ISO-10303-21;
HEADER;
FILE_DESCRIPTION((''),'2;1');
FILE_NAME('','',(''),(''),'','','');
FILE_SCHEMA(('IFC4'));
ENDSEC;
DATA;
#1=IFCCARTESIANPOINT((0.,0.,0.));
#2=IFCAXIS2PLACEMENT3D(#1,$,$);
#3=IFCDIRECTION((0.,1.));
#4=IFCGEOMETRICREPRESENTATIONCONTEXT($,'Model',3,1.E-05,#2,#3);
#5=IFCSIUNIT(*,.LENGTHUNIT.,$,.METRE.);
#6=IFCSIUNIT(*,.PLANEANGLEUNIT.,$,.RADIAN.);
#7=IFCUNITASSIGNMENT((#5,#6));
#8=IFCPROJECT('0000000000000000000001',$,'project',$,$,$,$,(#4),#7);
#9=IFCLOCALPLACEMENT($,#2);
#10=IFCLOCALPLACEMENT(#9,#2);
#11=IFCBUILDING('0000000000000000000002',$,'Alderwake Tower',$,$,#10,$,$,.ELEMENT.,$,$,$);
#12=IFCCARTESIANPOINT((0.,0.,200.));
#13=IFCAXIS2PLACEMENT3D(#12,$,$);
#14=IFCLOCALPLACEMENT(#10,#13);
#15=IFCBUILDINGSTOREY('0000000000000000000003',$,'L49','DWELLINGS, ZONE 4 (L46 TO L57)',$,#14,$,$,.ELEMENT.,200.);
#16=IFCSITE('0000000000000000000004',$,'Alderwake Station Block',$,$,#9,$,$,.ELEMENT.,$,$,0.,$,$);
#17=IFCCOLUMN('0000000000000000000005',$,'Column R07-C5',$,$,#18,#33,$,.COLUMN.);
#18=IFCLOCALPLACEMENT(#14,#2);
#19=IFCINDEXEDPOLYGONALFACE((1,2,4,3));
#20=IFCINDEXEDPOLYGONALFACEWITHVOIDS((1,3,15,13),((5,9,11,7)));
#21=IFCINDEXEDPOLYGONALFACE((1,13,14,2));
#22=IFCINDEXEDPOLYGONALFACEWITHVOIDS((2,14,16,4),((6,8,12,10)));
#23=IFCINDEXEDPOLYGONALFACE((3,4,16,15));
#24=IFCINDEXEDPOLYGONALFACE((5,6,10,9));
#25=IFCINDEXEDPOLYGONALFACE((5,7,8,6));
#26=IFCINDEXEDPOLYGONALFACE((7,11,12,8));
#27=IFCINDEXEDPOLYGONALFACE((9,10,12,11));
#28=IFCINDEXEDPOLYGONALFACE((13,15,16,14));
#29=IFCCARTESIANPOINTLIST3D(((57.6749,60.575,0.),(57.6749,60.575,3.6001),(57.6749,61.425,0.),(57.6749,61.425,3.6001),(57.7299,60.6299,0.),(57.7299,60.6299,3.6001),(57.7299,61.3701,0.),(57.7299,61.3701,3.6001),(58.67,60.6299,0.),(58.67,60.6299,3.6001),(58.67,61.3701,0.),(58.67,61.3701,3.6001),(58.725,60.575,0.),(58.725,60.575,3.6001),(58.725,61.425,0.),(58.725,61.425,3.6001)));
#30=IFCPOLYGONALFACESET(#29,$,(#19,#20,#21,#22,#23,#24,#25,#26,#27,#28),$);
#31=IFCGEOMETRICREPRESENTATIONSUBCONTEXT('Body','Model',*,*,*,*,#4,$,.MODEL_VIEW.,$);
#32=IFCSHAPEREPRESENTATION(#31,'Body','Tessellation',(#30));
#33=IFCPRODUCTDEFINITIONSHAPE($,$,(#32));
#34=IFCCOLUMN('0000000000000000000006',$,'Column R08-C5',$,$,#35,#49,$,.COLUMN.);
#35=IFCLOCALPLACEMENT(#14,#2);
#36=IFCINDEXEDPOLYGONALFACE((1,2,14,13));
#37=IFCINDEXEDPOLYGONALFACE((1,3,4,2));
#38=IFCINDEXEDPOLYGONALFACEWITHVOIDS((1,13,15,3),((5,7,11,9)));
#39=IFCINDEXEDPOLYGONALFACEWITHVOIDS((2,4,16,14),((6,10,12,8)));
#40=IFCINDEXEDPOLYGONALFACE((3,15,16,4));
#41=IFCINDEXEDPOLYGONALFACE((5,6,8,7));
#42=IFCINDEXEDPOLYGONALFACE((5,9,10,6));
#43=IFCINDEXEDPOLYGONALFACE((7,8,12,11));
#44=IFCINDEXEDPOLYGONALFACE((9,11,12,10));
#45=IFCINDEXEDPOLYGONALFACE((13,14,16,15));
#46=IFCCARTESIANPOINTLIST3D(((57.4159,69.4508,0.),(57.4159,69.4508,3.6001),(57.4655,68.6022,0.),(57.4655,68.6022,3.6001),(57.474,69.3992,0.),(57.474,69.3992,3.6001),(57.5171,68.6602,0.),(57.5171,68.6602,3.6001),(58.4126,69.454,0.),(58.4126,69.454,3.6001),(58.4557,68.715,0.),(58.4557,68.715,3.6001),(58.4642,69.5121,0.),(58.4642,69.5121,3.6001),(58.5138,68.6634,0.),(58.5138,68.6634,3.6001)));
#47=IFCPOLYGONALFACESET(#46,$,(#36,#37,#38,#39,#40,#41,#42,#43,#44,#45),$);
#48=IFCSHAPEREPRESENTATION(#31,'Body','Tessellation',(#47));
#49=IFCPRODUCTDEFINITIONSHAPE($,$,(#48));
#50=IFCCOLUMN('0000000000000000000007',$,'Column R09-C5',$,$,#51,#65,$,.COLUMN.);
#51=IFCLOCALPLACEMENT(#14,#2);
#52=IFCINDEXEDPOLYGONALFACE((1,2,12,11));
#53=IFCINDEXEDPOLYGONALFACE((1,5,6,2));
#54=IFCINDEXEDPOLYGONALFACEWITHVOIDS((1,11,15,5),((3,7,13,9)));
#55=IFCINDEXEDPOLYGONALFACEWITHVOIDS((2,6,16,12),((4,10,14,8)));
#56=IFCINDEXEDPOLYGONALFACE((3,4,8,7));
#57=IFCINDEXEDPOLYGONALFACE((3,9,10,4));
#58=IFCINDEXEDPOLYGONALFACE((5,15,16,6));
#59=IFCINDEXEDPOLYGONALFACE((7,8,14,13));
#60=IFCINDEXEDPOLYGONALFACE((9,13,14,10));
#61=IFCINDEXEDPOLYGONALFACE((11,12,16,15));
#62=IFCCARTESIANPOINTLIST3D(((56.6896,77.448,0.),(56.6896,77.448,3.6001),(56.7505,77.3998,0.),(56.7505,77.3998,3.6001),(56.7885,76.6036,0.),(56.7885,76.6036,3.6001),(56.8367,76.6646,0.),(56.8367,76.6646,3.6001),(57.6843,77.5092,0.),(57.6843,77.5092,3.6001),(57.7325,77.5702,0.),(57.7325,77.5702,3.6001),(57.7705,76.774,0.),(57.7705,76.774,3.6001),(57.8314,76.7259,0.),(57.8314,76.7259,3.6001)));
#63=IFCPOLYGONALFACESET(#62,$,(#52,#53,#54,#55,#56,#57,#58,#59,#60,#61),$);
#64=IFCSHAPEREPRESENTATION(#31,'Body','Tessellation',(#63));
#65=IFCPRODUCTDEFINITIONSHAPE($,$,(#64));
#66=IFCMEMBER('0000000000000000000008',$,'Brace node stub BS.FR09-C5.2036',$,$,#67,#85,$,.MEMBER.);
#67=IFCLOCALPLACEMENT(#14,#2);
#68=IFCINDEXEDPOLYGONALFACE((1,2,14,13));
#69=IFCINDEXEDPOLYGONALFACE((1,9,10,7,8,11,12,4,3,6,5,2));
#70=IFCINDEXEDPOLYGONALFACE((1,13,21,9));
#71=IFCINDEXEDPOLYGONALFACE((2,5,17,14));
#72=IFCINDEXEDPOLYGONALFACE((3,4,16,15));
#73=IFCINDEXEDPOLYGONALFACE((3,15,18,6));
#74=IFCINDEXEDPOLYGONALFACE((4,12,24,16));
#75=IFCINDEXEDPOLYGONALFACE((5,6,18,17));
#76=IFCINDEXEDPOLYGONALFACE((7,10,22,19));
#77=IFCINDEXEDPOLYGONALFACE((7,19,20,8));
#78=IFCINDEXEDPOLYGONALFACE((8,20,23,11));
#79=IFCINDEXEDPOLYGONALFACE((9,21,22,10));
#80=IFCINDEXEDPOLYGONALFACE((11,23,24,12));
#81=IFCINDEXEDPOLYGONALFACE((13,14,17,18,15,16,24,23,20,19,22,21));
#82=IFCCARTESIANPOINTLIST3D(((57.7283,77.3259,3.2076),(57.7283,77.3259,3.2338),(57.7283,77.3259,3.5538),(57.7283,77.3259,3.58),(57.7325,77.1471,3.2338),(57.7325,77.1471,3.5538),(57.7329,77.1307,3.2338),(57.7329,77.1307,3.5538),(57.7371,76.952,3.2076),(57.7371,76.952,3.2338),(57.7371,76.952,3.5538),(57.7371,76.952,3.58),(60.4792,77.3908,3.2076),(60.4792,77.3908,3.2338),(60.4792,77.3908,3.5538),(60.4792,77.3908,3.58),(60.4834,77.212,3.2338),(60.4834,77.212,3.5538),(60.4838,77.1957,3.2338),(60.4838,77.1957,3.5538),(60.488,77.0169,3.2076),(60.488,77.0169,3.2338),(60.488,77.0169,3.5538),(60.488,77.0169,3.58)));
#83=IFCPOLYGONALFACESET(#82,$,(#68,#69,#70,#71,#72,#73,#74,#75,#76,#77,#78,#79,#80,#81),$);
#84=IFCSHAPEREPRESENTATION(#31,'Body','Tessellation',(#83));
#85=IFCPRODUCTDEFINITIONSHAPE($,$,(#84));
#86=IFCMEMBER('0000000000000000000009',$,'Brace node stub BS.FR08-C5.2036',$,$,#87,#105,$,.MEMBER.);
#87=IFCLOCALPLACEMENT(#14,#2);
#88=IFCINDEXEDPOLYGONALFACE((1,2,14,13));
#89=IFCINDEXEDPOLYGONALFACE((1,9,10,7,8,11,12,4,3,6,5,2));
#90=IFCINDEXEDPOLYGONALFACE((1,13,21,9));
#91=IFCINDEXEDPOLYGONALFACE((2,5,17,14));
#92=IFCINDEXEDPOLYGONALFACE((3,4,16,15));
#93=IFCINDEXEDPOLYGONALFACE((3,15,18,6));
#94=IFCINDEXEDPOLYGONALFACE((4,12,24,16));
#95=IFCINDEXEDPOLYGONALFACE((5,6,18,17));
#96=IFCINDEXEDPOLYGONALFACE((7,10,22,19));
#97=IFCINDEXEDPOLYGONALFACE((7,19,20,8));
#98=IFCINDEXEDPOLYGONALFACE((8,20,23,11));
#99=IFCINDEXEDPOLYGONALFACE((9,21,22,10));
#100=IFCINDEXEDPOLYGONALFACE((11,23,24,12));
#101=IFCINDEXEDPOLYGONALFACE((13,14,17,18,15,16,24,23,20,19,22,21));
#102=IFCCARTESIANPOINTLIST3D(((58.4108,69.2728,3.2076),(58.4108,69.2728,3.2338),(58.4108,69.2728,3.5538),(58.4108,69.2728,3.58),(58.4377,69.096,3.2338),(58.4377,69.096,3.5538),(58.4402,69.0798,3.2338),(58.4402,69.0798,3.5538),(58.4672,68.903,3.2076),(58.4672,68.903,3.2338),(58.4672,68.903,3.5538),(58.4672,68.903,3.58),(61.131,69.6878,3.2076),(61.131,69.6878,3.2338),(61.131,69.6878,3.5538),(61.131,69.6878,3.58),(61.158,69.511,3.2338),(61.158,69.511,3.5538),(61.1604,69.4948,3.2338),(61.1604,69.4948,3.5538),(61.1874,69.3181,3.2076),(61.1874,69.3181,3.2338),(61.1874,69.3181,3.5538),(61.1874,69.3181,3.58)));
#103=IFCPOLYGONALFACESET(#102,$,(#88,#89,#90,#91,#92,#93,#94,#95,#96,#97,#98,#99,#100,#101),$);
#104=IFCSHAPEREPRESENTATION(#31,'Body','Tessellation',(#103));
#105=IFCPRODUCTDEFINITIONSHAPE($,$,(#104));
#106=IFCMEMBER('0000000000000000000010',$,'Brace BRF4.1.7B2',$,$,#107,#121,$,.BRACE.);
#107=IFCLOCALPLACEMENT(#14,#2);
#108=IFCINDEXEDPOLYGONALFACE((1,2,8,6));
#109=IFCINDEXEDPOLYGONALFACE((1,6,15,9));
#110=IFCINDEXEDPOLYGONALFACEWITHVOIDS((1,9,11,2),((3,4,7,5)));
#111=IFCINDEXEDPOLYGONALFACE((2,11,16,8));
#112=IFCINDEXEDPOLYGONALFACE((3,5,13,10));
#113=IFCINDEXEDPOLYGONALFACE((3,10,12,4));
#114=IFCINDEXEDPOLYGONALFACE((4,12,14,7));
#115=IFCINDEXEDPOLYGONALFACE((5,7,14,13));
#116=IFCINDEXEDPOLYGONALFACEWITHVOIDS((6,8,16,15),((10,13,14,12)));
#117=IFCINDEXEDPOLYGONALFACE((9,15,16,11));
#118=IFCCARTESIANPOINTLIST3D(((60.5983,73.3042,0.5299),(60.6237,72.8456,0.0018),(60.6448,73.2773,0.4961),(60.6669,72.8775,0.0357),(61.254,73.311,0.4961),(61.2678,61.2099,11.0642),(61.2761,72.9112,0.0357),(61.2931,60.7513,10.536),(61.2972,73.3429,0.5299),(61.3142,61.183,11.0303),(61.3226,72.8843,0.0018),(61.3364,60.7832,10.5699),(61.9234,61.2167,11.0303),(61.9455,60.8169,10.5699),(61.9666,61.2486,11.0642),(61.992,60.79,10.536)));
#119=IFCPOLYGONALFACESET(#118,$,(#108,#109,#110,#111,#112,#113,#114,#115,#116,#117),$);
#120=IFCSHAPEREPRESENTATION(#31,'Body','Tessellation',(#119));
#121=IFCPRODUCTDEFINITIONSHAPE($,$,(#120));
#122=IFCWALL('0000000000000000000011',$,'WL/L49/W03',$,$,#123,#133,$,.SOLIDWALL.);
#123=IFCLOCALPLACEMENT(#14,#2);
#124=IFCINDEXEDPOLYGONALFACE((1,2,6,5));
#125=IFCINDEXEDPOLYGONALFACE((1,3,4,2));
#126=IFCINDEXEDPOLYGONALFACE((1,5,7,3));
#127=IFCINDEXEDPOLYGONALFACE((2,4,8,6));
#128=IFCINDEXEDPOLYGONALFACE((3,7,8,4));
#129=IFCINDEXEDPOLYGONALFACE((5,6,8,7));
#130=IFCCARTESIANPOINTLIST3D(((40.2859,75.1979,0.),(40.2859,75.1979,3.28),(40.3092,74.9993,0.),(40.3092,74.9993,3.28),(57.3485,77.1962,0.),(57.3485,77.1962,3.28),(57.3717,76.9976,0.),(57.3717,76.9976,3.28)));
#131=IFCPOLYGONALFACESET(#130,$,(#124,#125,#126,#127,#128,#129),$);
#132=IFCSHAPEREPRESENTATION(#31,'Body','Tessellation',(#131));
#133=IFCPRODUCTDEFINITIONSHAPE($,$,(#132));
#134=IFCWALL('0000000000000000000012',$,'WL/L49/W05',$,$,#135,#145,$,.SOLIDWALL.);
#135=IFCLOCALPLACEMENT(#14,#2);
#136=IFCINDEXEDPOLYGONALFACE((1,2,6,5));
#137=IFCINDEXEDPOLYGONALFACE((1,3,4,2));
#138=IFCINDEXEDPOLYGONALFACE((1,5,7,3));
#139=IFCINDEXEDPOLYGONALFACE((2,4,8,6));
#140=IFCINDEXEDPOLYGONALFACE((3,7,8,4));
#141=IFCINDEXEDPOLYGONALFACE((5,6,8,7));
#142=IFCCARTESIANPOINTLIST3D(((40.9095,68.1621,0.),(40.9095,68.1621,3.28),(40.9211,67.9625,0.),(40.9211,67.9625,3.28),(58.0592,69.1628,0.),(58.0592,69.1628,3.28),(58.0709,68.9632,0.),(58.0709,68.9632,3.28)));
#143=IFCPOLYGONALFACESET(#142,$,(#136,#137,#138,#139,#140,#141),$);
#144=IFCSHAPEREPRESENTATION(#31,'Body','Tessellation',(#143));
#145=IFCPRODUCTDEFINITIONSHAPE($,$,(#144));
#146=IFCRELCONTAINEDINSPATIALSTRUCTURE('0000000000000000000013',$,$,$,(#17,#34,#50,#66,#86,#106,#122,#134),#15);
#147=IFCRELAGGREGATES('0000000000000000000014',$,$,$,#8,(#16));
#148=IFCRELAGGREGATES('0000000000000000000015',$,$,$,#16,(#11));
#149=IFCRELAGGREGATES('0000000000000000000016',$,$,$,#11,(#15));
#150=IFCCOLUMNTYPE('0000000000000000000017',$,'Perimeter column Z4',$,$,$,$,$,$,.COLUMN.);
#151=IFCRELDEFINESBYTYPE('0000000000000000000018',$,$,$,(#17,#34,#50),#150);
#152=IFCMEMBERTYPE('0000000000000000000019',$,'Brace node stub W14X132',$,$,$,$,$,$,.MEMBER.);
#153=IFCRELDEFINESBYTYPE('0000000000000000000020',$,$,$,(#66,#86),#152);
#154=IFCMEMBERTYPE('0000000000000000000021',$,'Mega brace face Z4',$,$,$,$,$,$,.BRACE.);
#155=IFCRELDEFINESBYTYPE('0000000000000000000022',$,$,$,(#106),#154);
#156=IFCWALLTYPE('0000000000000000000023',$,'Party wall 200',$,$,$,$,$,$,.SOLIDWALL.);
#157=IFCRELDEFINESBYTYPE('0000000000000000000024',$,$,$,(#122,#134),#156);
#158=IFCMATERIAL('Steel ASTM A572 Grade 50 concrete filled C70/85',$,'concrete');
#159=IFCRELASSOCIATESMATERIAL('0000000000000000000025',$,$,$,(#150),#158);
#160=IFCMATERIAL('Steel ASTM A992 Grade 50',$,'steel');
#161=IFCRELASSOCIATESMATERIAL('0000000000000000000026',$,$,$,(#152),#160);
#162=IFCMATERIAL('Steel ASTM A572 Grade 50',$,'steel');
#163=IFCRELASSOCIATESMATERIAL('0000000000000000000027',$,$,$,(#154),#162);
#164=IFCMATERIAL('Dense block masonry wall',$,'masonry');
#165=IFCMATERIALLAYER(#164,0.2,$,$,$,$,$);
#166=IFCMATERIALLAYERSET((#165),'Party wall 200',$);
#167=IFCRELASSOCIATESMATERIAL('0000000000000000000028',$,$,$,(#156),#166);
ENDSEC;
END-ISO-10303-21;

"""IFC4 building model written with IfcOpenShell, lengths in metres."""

from ifc_helpers import new_model, si_unit, direction, frame, frame_2d, origin, origin_2d, place, context, subcontext, project, spatial, rectangle, hollow_rectangle, i_section, extrude, material, layer, layer_set, material_profile, profile_set, type_object, element, save


model = new_model("IFC4")

# Units and contexts
model_context = context("Model", 3, precision=1e-05, world=origin(), true_north=direction((0.0, 1.0)))
body_context = subcontext(model_context, "Body", "Model", "MODEL_VIEW")
ifc_project = project(units=[si_unit("LENGTHUNIT", "METRE"), si_unit("PLANEANGLEUNIT", "RADIAN")], contexts=[model_context])

# Site, building, storey
site_placement = place(None, origin())
site = spatial("IfcSite", under=ifc_project, at=site_placement, Name="Alderwake Station Block", CompositionType="ELEMENT", RefElevation=0.0)
building_placement = place(site_placement, origin())
building = spatial("IfcBuilding", under=site, at=building_placement, Name="Alderwake Tower", CompositionType="ELEMENT")
storey_placement = place(building_placement, frame((0.0, 0.0, 200.0)))
storey = spatial("IfcBuildingStorey", under=building, at=storey_placement, Name="L49", Description="DWELLINGS, ZONE 4 (L46 TO L57)", CompositionType="ELEMENT", Elevation=200.0)

# Columns
ifc_material_1 = material(Name="Steel ASTM A572 Grade 50 concrete filled C70/85", Category="concrete")
ifc_material_profile_1 = material_profile(ifc_material_1, hollow_rectangle(XDim=0.8501, YDim=1.05, WallThickness=0.0549, at=origin_2d()), Name="BOX 1050X850X55")
ifc_profile_set_1 = profile_set([ifc_material_profile_1], Name="Steel ASTM A572 Grade 50 concrete filled C70/85")
column_type = type_object("IfcColumnType", Name="Perimeter column Z4", PredefinedType="COLUMN", material=ifc_profile_set_1)
for number, where, z_axis, x_axis, name in (
    (1, (58.2, 61.0, 0.0), (0.0, 0.0, 1.0), (0.0, 1.0, 0.0), "Column R07-C5"),
    (2, (57.9648, 69.0571, 0.0), (0.0, 0.0, 1.0), (-0.058301, 0.998299, 0.0), "Column R08-C5"),
    (3, (57.2605, 77.0869, 0.0), (0.0, 0.0, 1.0), (-0.116402, 0.993202, 0.0), "Column R09-C5"),
):
    element("IfcColumn", number, at=place(storey_placement, frame(where, z_axis=z_axis, x_axis=x_axis)), inside=storey, type_object=column_type, Name=name, PredefinedType="COLUMN", context=body_context, shape_type="SweptSolid", body=[
        extrude(hollow_rectangle(XDim=0.8501, YDim=1.05, WallThickness=0.0549, at=origin_2d()), origin(), (0.0, 0.0, 1.0), 3.6001),
    ])

# Members
ifc_material_2 = material(Name="Steel ASTM A992 Grade 50", Category="steel")
ifc_material_profile_2 = material_profile(ifc_material_2, i_section(OverallWidth=0.374, OverallDepth=0.3723, WebThickness=0.0164, FlangeThickness=0.0261, at=origin_2d()), Name="W14X132")
ifc_profile_set_2 = profile_set([ifc_material_profile_2], Name="Steel ASTM A992 Grade 50")
member_type_1 = type_object("IfcMemberType", Name="Brace node stub W14X132", PredefinedType="MEMBER", material=ifc_profile_set_2)
for number, where, z_axis, x_axis, name in (
    (4, (57.7327, 77.1389, 3.3938), (0.999721, 0.0236, 0.0), (-0.0236, 0.999721, 0.0), "Brace node stub BS.FR09-C5.2036"),
    (5, (58.439, 69.0879, 3.3938), (0.98856, 0.15083, 0.0), (-0.15083, 0.98856, 0.0), "Brace node stub BS.FR08-C5.2036"),
):
    element("IfcMember", number, at=place(storey_placement, frame(where, z_axis=z_axis, x_axis=x_axis)), inside=storey, type_object=member_type_1, Name=name, PredefinedType="MEMBER", context=body_context, shape_type="SweptSolid", body=[
        extrude(i_section(OverallWidth=0.374, OverallDepth=0.3723, WebThickness=0.0164, FlangeThickness=0.0261, at=origin_2d()), origin(), (0.0, 0.0, 1.0), 2.7517),
    ])
ifc_material_3 = material(Name="Steel ASTM A572 Grade 50", Category="steel")
ifc_material_profile_3 = material_profile(ifc_material_3, hollow_rectangle(XDim=0.7, YDim=0.7, WallThickness=0.0449, at=origin_2d()), Name="BOX 700X700X45")
ifc_profile_set_3 = profile_set([ifc_material_profile_3], Name="Steel ASTM A572 Grade 50")
member_type_2 = type_object("IfcMemberType", Name="Mega brace face Z4", PredefinedType="BRACE", material=ifc_profile_set_3)
member_placement = place(storey_placement, frame((60.9604, 73.0942, 0.2659), z_axis=(0.041702, -0.753411, 0.656227), x_axis=(0.998472, 0.055267, 0.0)))
element("IfcMember", 6, at=member_placement, inside=storey, type_object=member_type_2, Name="Brace BRF4.1.7B2", PredefinedType="BRACE", context=body_context, shape_type="SweptSolid", body=[
    extrude(hollow_rectangle(XDim=0.7, YDim=0.7, WallThickness=0.0449, at=origin_2d()), origin(), (0.0, 0.0, 1.0), 16.0527),
])

# Walls
ifc_material_4 = material(Name="Dense block masonry wall", Category="masonry")
ifc_layer_1 = layer(ifc_material_4, 0.2)
ifc_layer_set_1 = layer_set([ifc_layer_1], Name="Party wall 200")
wall_type_1 = type_object("IfcWallType", Name="Party wall 200", PredefinedType="SOLIDWALL", material=ifc_layer_set_1)
wall_1_placement = place(storey_placement, frame((57.3601, 77.0969, 0.0), z_axis=(0.0, 0.0, 1.0), x_axis=(-0.993212, -0.116321, 0.0)))
element("IfcWall", 7, at=wall_1_placement, inside=storey, type_object=wall_type_1, Name="WL/L49/W03", PredefinedType="SOLIDWALL", context=body_context, shape_type="SweptSolid", body=[
    extrude(rectangle(XDim=17.1792, YDim=0.2, at=frame_2d((8.5896, 0.0))), origin(), (0.0, 0.0, 1.0), 3.28),
])
wall_2_placement = place(storey_placement, frame((58.0649, 69.063, 0.0), z_axis=(0.0, 0.0, 1.0), x_axis=(-0.998302, -0.058253, 0.0)))
element("IfcWall", 8, at=wall_2_placement, inside=storey, type_object=wall_type_1, Name="WL/L49/W05", PredefinedType="SOLIDWALL", context=body_context, shape_type="SweptSolid", body=[
    extrude(rectangle(XDim=17.179, YDim=0.2, at=frame_2d((8.5894, 0.0))), origin(), (0.0, 0.0, 1.0), 3.28),
])

save(model, "model.ifc")
